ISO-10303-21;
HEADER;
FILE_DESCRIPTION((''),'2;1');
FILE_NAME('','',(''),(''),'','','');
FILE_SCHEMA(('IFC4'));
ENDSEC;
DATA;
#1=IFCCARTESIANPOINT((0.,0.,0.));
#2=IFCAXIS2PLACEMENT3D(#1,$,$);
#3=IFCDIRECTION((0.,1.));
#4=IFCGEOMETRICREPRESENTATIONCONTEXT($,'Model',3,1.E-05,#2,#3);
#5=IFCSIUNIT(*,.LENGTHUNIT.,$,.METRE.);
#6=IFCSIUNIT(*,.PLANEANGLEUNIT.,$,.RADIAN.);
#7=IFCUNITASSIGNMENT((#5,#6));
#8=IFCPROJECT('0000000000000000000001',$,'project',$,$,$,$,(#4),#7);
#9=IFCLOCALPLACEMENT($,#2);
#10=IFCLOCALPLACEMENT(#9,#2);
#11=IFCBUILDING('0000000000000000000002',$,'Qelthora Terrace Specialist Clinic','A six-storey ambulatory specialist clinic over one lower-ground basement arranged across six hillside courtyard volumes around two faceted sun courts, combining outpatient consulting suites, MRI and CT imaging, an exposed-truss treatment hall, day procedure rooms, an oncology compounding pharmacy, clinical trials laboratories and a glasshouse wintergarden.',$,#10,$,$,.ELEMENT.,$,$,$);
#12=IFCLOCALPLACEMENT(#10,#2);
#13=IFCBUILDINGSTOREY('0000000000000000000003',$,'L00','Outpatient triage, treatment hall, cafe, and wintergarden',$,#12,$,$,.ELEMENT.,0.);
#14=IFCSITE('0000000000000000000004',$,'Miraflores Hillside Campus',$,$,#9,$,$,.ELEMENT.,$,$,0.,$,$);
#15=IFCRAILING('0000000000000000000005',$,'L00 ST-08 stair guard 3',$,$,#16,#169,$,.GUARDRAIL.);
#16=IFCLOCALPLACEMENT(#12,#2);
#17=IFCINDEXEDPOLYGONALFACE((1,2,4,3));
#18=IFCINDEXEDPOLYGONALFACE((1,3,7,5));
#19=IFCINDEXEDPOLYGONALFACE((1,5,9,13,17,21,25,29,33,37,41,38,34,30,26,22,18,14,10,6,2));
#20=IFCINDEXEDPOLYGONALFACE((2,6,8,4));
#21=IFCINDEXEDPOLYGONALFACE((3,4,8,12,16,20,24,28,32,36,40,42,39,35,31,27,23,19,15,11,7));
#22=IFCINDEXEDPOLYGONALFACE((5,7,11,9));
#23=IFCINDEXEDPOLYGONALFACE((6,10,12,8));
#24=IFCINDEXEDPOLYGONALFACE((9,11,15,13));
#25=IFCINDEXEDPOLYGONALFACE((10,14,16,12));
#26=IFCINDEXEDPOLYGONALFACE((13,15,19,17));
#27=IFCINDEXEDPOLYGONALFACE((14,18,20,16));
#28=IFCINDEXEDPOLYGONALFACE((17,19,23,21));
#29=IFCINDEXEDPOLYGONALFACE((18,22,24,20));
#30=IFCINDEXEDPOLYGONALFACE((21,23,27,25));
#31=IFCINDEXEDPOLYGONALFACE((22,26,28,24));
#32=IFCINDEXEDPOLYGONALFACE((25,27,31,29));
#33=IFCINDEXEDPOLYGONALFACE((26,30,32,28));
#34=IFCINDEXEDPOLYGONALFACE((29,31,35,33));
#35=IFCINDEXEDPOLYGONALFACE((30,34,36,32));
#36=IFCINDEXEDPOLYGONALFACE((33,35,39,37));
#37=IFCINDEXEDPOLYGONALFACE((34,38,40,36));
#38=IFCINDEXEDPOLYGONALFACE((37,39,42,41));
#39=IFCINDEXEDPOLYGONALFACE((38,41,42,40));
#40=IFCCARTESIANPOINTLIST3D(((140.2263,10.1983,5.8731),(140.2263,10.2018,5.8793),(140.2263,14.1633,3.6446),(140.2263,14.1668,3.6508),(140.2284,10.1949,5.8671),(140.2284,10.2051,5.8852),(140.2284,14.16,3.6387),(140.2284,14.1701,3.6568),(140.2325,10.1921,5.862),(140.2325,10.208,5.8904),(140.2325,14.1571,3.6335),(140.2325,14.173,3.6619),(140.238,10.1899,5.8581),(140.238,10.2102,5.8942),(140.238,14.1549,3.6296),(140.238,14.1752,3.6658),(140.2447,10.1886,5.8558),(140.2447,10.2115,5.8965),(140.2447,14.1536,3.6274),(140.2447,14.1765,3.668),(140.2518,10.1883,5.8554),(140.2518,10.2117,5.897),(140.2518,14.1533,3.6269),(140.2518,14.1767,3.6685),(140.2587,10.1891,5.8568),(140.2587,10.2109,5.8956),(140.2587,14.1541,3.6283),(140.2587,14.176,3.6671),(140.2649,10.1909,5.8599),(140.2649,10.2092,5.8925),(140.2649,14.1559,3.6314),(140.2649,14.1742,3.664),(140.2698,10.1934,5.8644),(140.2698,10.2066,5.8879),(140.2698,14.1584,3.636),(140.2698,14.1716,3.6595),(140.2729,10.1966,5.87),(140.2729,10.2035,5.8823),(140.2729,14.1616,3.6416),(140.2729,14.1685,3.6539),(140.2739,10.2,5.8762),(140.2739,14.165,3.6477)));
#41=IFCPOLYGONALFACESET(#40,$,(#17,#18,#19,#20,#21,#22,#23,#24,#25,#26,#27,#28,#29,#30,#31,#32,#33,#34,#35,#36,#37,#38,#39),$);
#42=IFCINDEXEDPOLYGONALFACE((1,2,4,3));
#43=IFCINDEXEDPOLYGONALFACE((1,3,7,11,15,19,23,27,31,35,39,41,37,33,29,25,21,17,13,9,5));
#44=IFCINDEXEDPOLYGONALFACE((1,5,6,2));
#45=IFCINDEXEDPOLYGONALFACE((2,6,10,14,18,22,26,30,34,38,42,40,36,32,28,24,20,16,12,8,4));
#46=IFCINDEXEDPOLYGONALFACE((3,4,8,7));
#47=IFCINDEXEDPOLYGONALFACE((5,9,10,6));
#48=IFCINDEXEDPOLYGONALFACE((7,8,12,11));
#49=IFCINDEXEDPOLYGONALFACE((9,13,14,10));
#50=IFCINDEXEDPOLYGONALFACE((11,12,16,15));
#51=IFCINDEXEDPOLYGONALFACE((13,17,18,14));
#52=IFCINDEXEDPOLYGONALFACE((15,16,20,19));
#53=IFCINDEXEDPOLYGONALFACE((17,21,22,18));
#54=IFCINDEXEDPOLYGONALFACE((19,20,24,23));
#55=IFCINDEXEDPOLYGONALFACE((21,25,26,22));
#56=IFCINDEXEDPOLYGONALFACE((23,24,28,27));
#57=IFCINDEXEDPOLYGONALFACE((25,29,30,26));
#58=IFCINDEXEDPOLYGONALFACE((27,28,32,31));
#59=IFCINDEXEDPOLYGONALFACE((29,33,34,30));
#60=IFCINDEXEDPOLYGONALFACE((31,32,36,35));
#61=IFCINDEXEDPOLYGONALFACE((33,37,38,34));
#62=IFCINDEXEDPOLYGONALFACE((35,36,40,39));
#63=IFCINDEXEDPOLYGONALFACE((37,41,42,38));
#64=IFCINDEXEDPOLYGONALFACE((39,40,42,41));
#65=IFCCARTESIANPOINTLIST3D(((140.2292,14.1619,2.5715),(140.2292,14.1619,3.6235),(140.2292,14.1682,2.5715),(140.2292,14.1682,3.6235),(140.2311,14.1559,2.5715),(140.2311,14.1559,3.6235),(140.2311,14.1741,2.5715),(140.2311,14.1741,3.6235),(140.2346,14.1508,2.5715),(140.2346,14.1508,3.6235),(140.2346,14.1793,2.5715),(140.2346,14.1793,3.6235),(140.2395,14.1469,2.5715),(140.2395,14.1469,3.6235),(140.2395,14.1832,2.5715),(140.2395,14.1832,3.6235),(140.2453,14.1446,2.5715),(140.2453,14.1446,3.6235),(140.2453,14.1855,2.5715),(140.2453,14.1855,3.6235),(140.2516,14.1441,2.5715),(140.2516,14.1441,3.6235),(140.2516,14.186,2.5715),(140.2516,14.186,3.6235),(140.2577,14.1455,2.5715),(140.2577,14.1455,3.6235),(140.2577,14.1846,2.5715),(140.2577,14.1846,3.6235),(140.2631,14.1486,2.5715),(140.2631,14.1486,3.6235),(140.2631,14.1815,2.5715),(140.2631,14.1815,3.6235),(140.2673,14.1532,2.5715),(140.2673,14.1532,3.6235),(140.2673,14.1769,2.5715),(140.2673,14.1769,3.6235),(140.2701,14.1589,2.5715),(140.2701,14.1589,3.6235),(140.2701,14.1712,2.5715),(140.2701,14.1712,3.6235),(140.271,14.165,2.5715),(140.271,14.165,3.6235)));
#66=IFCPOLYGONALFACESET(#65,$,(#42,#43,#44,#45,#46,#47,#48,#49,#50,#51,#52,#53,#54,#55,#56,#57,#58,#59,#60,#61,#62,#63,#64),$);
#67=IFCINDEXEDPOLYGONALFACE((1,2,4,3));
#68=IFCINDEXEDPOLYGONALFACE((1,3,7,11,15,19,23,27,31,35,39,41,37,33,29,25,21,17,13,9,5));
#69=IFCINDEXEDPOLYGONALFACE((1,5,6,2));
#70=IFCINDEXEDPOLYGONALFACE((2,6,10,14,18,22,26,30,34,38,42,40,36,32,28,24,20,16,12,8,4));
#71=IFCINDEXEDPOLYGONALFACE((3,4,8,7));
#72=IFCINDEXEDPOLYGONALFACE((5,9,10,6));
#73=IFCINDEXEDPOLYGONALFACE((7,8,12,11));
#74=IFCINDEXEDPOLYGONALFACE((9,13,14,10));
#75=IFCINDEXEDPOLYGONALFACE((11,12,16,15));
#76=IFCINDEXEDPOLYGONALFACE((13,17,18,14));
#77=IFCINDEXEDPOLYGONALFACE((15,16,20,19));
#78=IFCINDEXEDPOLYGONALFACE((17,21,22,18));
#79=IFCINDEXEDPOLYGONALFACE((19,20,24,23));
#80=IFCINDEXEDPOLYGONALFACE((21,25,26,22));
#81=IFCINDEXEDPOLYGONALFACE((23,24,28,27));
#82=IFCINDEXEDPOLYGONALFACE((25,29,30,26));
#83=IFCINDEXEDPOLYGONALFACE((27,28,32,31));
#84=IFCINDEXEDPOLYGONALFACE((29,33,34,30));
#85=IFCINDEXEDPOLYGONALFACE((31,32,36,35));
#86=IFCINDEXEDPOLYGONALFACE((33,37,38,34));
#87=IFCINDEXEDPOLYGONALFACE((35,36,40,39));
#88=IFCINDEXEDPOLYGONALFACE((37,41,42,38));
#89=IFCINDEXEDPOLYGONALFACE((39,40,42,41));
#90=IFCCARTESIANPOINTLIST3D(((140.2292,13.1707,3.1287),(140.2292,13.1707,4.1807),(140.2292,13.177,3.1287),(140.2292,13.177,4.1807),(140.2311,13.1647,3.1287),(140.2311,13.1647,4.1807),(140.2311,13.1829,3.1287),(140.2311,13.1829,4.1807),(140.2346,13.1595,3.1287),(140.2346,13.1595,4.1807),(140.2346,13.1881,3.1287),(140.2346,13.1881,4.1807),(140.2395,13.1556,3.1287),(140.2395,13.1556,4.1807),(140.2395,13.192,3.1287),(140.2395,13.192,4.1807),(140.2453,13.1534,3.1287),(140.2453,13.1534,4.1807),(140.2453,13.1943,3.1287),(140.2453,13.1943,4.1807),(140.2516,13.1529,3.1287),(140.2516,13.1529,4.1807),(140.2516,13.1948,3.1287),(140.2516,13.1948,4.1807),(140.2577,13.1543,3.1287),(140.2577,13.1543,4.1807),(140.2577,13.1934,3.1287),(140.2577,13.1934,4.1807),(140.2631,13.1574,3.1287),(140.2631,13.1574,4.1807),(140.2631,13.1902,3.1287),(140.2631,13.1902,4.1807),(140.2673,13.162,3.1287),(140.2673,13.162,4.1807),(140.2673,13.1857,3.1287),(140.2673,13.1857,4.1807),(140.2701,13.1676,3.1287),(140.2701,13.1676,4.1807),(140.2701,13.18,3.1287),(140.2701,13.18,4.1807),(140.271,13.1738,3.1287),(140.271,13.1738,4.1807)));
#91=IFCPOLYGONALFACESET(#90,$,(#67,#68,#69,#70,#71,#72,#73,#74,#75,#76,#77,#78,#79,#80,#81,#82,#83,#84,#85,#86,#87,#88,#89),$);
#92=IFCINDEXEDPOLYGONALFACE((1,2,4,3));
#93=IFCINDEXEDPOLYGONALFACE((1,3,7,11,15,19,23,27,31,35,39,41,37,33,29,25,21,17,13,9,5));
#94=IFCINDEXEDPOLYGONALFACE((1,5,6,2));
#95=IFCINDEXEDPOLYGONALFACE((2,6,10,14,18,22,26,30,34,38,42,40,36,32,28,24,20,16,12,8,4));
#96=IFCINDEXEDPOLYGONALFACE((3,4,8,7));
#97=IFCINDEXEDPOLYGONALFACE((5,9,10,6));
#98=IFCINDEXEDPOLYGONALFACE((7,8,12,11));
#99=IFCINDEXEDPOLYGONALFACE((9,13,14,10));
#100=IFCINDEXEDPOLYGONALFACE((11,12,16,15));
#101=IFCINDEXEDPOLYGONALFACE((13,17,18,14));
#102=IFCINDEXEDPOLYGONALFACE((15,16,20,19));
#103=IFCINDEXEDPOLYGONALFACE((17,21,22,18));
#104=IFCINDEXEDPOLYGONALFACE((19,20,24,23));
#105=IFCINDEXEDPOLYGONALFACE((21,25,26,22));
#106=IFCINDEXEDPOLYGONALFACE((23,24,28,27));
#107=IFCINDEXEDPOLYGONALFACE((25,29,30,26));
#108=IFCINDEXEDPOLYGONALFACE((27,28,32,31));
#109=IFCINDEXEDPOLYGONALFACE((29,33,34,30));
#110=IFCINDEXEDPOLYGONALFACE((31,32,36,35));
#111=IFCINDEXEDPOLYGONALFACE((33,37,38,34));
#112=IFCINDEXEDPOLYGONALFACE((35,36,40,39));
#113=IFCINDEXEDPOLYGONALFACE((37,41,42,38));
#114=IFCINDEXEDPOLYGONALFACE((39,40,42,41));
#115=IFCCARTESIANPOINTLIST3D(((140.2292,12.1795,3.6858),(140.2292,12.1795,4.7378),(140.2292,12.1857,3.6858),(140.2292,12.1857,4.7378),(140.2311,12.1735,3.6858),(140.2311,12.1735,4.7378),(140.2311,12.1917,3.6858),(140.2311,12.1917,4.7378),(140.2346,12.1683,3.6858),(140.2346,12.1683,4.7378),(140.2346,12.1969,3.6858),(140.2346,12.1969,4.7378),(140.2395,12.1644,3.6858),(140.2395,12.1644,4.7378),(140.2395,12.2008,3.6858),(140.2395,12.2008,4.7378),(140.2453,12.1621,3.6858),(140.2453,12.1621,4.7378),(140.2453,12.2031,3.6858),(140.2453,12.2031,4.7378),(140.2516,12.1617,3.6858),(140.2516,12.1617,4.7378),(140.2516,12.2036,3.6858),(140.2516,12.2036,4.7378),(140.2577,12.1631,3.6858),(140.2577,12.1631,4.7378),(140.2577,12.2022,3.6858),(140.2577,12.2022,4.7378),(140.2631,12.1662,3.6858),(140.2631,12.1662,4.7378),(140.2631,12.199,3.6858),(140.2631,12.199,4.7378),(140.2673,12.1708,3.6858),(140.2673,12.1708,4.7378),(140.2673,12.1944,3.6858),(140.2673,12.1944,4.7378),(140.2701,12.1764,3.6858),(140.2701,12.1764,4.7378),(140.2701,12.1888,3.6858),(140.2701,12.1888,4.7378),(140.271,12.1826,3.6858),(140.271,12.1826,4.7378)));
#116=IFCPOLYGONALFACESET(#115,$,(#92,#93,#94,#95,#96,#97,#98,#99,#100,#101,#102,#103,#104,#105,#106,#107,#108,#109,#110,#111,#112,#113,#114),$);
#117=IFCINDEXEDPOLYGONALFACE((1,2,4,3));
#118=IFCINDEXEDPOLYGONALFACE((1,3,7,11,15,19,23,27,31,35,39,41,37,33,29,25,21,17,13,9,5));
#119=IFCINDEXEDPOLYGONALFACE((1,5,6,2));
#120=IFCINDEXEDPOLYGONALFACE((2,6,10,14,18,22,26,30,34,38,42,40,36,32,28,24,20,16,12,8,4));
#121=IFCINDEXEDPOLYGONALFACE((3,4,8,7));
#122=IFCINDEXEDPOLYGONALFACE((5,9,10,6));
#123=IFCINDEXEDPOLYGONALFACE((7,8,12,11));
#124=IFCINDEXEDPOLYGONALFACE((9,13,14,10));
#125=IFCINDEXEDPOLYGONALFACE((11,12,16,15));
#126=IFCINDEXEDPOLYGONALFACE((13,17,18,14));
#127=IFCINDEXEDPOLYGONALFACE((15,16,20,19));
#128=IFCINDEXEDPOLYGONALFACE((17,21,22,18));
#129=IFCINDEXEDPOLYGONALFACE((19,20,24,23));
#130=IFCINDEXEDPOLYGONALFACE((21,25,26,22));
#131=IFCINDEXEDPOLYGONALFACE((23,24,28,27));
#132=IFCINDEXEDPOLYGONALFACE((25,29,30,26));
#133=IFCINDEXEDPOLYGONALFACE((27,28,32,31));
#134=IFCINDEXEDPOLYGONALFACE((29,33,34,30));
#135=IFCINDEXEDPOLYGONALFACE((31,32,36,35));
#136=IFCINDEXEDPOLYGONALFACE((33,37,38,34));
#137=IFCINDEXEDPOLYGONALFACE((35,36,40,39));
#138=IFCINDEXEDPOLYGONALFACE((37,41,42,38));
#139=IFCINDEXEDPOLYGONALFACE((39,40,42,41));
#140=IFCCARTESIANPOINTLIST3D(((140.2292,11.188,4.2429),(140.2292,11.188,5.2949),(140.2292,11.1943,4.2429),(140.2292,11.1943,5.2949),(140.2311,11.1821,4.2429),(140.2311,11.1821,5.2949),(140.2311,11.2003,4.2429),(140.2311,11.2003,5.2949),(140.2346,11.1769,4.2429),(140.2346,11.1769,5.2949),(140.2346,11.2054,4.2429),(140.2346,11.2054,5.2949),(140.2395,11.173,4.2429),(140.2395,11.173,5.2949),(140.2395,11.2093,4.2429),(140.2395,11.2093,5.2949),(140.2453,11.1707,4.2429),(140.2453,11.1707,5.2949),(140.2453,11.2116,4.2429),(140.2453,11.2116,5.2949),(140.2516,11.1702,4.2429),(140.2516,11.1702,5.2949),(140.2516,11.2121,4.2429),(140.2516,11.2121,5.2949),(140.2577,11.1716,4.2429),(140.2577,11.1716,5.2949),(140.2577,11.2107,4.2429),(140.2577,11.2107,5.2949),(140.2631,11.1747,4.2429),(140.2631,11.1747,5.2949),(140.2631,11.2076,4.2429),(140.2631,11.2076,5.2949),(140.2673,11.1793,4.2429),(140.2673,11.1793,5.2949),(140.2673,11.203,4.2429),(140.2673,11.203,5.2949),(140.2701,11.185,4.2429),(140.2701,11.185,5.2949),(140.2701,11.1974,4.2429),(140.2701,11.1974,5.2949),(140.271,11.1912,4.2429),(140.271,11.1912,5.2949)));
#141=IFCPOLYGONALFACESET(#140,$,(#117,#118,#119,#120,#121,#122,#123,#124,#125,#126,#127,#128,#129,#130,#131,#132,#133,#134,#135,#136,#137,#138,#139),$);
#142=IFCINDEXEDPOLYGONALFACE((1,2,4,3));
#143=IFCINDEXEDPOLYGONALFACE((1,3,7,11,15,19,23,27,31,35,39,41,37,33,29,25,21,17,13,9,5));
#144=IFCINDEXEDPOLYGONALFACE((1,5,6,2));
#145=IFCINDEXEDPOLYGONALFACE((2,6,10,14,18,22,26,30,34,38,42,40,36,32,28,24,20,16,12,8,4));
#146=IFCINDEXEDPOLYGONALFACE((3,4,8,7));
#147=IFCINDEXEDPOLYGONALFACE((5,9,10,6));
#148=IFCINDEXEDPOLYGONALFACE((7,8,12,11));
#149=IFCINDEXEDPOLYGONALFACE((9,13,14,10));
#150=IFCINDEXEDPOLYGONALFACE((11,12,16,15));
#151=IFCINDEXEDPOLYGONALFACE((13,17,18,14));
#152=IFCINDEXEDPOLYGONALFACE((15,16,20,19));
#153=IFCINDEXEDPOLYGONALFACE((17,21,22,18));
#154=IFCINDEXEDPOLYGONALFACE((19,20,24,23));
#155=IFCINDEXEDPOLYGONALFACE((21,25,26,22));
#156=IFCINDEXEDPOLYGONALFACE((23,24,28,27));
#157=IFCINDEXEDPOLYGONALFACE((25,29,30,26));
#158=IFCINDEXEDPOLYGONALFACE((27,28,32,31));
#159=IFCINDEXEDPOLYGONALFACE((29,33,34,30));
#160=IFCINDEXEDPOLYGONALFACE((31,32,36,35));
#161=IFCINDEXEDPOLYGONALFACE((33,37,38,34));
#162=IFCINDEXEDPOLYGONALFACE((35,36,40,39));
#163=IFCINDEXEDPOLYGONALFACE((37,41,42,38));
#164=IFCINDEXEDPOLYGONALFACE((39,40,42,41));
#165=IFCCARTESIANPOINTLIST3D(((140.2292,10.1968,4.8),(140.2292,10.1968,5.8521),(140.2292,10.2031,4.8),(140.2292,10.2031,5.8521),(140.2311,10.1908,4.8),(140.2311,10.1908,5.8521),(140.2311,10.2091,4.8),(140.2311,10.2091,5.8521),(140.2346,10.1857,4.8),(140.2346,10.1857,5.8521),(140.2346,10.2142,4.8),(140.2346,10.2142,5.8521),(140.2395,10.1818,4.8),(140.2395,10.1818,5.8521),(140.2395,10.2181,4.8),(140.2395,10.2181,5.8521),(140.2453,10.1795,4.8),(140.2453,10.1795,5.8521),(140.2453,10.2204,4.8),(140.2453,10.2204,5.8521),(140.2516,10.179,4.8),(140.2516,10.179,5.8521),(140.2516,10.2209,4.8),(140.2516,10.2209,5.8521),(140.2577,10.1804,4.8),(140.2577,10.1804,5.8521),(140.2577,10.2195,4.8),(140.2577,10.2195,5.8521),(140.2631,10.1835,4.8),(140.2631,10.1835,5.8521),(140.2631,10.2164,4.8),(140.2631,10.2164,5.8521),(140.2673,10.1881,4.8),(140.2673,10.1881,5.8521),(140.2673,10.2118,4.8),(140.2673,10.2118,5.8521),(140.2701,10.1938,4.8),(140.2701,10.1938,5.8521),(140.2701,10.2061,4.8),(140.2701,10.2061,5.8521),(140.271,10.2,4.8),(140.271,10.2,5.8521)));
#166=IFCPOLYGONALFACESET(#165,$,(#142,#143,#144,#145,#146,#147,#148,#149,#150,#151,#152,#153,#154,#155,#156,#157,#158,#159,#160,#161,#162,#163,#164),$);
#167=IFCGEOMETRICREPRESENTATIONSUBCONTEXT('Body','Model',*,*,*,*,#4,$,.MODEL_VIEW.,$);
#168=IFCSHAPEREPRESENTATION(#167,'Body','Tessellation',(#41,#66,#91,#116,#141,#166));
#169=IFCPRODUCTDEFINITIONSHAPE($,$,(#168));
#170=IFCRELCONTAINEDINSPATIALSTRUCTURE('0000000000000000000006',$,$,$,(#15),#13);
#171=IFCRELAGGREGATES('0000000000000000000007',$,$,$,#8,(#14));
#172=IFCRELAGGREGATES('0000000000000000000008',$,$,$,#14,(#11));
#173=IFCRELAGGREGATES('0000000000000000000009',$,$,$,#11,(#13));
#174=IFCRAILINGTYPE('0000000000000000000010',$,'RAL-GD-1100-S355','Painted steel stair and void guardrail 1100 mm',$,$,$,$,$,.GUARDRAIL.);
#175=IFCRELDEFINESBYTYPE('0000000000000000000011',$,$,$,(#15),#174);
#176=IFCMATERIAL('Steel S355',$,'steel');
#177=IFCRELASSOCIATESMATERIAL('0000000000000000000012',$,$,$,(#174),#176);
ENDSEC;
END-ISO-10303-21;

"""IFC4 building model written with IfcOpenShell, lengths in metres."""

from ifc_helpers import new_model, si_unit, direction, frame, origin, origin_2d, place, context, subcontext, project, spatial, circle, extrude, material, type_object, element, save


model = new_model("IFC4")

# Units and contexts
model_context = context("Model", 3, precision=1e-05, world=origin(), true_north=direction((0.0, 1.0)))
body_context = subcontext(model_context, "Body", "Model", "MODEL_VIEW")
ifc_project = project(units=[si_unit("LENGTHUNIT", "METRE"), si_unit("PLANEANGLEUNIT", "RADIAN")], contexts=[model_context])

# Site, building, storey
site_placement = place(None, origin())
site = spatial("IfcSite", under=ifc_project, at=site_placement, Name="Miraflores Hillside Campus", CompositionType="ELEMENT", RefElevation=0.0)
building_placement = place(site_placement, origin())
building = spatial("IfcBuilding", under=site, at=building_placement, Name="Qelthora Terrace Specialist Clinic", Description="A six-storey ambulatory specialist clinic over one lower-ground basement arranged across six hillside courtyard volumes around two faceted sun courts, combining outpatient consulting suites, MRI and CT imaging, an exposed-truss treatment hall, day procedure rooms, an oncology compounding pharmacy, clinical trials laboratories and a glasshouse wintergarden.", CompositionType="ELEMENT")
storey_placement = place(building_placement, origin())
storey = spatial("IfcBuildingStorey", under=building, at=storey_placement, Name="L00", Description="Outpatient triage, treatment hall, cafe, and wintergarden", CompositionType="ELEMENT", Elevation=0.0)

# Shared definitions
ifc_material_1 = material(Name="Steel S355", Category="steel")

# Railing
railing_type_1 = type_object("IfcRailingType", Name="RAL-GD-1100-S355", Description="Painted steel stair and void guardrail 1100 mm", PredefinedType="GUARDRAIL", material=ifc_material_1)
railing_1_placement = place(storey_placement, frame((140.25, 14.165, 2.5715)))
element("IfcRailing", 1, at=railing_1_placement, inside=storey, type_object=railing_type_1, Name="L00 ST-08 stair guard 3", PredefinedType="GUARDRAIL", context=body_context, shape_type="SweptSolid", body=[
    extrude(circle(Radius=0.0239, at=origin_2d()), frame((0.0, 0.0, 1.0762), z_axis=(0.0, -0.871749, 0.489953), x_axis=(1.0, 0.0, 0.0)), (0.0, 0.0, 1.0), 4.5483),
    extrude(circle(Radius=0.021, at=origin_2d()), origin(), (0.0, 0.0, 1.0), 1.052),
    extrude(circle(Radius=0.021, at=origin_2d()), frame((0.0, -0.9912, 0.5571)), (0.0, 0.0, 1.0), 1.052),
    extrude(circle(Radius=0.021, at=origin_2d()), frame((0.0, -1.9824, 1.1143)), (0.0, 0.0, 1.0), 1.052),
    extrude(circle(Radius=0.021, at=origin_2d()), frame((0.0, -2.9739, 1.6714)), (0.0, 0.0, 1.0), 1.052),
    extrude(circle(Radius=0.021, at=origin_2d()), frame((0.0, -3.9651, 2.2285)), (0.0, 0.0, 1.0), 1.052),
])

save(model, "model.ifc")
